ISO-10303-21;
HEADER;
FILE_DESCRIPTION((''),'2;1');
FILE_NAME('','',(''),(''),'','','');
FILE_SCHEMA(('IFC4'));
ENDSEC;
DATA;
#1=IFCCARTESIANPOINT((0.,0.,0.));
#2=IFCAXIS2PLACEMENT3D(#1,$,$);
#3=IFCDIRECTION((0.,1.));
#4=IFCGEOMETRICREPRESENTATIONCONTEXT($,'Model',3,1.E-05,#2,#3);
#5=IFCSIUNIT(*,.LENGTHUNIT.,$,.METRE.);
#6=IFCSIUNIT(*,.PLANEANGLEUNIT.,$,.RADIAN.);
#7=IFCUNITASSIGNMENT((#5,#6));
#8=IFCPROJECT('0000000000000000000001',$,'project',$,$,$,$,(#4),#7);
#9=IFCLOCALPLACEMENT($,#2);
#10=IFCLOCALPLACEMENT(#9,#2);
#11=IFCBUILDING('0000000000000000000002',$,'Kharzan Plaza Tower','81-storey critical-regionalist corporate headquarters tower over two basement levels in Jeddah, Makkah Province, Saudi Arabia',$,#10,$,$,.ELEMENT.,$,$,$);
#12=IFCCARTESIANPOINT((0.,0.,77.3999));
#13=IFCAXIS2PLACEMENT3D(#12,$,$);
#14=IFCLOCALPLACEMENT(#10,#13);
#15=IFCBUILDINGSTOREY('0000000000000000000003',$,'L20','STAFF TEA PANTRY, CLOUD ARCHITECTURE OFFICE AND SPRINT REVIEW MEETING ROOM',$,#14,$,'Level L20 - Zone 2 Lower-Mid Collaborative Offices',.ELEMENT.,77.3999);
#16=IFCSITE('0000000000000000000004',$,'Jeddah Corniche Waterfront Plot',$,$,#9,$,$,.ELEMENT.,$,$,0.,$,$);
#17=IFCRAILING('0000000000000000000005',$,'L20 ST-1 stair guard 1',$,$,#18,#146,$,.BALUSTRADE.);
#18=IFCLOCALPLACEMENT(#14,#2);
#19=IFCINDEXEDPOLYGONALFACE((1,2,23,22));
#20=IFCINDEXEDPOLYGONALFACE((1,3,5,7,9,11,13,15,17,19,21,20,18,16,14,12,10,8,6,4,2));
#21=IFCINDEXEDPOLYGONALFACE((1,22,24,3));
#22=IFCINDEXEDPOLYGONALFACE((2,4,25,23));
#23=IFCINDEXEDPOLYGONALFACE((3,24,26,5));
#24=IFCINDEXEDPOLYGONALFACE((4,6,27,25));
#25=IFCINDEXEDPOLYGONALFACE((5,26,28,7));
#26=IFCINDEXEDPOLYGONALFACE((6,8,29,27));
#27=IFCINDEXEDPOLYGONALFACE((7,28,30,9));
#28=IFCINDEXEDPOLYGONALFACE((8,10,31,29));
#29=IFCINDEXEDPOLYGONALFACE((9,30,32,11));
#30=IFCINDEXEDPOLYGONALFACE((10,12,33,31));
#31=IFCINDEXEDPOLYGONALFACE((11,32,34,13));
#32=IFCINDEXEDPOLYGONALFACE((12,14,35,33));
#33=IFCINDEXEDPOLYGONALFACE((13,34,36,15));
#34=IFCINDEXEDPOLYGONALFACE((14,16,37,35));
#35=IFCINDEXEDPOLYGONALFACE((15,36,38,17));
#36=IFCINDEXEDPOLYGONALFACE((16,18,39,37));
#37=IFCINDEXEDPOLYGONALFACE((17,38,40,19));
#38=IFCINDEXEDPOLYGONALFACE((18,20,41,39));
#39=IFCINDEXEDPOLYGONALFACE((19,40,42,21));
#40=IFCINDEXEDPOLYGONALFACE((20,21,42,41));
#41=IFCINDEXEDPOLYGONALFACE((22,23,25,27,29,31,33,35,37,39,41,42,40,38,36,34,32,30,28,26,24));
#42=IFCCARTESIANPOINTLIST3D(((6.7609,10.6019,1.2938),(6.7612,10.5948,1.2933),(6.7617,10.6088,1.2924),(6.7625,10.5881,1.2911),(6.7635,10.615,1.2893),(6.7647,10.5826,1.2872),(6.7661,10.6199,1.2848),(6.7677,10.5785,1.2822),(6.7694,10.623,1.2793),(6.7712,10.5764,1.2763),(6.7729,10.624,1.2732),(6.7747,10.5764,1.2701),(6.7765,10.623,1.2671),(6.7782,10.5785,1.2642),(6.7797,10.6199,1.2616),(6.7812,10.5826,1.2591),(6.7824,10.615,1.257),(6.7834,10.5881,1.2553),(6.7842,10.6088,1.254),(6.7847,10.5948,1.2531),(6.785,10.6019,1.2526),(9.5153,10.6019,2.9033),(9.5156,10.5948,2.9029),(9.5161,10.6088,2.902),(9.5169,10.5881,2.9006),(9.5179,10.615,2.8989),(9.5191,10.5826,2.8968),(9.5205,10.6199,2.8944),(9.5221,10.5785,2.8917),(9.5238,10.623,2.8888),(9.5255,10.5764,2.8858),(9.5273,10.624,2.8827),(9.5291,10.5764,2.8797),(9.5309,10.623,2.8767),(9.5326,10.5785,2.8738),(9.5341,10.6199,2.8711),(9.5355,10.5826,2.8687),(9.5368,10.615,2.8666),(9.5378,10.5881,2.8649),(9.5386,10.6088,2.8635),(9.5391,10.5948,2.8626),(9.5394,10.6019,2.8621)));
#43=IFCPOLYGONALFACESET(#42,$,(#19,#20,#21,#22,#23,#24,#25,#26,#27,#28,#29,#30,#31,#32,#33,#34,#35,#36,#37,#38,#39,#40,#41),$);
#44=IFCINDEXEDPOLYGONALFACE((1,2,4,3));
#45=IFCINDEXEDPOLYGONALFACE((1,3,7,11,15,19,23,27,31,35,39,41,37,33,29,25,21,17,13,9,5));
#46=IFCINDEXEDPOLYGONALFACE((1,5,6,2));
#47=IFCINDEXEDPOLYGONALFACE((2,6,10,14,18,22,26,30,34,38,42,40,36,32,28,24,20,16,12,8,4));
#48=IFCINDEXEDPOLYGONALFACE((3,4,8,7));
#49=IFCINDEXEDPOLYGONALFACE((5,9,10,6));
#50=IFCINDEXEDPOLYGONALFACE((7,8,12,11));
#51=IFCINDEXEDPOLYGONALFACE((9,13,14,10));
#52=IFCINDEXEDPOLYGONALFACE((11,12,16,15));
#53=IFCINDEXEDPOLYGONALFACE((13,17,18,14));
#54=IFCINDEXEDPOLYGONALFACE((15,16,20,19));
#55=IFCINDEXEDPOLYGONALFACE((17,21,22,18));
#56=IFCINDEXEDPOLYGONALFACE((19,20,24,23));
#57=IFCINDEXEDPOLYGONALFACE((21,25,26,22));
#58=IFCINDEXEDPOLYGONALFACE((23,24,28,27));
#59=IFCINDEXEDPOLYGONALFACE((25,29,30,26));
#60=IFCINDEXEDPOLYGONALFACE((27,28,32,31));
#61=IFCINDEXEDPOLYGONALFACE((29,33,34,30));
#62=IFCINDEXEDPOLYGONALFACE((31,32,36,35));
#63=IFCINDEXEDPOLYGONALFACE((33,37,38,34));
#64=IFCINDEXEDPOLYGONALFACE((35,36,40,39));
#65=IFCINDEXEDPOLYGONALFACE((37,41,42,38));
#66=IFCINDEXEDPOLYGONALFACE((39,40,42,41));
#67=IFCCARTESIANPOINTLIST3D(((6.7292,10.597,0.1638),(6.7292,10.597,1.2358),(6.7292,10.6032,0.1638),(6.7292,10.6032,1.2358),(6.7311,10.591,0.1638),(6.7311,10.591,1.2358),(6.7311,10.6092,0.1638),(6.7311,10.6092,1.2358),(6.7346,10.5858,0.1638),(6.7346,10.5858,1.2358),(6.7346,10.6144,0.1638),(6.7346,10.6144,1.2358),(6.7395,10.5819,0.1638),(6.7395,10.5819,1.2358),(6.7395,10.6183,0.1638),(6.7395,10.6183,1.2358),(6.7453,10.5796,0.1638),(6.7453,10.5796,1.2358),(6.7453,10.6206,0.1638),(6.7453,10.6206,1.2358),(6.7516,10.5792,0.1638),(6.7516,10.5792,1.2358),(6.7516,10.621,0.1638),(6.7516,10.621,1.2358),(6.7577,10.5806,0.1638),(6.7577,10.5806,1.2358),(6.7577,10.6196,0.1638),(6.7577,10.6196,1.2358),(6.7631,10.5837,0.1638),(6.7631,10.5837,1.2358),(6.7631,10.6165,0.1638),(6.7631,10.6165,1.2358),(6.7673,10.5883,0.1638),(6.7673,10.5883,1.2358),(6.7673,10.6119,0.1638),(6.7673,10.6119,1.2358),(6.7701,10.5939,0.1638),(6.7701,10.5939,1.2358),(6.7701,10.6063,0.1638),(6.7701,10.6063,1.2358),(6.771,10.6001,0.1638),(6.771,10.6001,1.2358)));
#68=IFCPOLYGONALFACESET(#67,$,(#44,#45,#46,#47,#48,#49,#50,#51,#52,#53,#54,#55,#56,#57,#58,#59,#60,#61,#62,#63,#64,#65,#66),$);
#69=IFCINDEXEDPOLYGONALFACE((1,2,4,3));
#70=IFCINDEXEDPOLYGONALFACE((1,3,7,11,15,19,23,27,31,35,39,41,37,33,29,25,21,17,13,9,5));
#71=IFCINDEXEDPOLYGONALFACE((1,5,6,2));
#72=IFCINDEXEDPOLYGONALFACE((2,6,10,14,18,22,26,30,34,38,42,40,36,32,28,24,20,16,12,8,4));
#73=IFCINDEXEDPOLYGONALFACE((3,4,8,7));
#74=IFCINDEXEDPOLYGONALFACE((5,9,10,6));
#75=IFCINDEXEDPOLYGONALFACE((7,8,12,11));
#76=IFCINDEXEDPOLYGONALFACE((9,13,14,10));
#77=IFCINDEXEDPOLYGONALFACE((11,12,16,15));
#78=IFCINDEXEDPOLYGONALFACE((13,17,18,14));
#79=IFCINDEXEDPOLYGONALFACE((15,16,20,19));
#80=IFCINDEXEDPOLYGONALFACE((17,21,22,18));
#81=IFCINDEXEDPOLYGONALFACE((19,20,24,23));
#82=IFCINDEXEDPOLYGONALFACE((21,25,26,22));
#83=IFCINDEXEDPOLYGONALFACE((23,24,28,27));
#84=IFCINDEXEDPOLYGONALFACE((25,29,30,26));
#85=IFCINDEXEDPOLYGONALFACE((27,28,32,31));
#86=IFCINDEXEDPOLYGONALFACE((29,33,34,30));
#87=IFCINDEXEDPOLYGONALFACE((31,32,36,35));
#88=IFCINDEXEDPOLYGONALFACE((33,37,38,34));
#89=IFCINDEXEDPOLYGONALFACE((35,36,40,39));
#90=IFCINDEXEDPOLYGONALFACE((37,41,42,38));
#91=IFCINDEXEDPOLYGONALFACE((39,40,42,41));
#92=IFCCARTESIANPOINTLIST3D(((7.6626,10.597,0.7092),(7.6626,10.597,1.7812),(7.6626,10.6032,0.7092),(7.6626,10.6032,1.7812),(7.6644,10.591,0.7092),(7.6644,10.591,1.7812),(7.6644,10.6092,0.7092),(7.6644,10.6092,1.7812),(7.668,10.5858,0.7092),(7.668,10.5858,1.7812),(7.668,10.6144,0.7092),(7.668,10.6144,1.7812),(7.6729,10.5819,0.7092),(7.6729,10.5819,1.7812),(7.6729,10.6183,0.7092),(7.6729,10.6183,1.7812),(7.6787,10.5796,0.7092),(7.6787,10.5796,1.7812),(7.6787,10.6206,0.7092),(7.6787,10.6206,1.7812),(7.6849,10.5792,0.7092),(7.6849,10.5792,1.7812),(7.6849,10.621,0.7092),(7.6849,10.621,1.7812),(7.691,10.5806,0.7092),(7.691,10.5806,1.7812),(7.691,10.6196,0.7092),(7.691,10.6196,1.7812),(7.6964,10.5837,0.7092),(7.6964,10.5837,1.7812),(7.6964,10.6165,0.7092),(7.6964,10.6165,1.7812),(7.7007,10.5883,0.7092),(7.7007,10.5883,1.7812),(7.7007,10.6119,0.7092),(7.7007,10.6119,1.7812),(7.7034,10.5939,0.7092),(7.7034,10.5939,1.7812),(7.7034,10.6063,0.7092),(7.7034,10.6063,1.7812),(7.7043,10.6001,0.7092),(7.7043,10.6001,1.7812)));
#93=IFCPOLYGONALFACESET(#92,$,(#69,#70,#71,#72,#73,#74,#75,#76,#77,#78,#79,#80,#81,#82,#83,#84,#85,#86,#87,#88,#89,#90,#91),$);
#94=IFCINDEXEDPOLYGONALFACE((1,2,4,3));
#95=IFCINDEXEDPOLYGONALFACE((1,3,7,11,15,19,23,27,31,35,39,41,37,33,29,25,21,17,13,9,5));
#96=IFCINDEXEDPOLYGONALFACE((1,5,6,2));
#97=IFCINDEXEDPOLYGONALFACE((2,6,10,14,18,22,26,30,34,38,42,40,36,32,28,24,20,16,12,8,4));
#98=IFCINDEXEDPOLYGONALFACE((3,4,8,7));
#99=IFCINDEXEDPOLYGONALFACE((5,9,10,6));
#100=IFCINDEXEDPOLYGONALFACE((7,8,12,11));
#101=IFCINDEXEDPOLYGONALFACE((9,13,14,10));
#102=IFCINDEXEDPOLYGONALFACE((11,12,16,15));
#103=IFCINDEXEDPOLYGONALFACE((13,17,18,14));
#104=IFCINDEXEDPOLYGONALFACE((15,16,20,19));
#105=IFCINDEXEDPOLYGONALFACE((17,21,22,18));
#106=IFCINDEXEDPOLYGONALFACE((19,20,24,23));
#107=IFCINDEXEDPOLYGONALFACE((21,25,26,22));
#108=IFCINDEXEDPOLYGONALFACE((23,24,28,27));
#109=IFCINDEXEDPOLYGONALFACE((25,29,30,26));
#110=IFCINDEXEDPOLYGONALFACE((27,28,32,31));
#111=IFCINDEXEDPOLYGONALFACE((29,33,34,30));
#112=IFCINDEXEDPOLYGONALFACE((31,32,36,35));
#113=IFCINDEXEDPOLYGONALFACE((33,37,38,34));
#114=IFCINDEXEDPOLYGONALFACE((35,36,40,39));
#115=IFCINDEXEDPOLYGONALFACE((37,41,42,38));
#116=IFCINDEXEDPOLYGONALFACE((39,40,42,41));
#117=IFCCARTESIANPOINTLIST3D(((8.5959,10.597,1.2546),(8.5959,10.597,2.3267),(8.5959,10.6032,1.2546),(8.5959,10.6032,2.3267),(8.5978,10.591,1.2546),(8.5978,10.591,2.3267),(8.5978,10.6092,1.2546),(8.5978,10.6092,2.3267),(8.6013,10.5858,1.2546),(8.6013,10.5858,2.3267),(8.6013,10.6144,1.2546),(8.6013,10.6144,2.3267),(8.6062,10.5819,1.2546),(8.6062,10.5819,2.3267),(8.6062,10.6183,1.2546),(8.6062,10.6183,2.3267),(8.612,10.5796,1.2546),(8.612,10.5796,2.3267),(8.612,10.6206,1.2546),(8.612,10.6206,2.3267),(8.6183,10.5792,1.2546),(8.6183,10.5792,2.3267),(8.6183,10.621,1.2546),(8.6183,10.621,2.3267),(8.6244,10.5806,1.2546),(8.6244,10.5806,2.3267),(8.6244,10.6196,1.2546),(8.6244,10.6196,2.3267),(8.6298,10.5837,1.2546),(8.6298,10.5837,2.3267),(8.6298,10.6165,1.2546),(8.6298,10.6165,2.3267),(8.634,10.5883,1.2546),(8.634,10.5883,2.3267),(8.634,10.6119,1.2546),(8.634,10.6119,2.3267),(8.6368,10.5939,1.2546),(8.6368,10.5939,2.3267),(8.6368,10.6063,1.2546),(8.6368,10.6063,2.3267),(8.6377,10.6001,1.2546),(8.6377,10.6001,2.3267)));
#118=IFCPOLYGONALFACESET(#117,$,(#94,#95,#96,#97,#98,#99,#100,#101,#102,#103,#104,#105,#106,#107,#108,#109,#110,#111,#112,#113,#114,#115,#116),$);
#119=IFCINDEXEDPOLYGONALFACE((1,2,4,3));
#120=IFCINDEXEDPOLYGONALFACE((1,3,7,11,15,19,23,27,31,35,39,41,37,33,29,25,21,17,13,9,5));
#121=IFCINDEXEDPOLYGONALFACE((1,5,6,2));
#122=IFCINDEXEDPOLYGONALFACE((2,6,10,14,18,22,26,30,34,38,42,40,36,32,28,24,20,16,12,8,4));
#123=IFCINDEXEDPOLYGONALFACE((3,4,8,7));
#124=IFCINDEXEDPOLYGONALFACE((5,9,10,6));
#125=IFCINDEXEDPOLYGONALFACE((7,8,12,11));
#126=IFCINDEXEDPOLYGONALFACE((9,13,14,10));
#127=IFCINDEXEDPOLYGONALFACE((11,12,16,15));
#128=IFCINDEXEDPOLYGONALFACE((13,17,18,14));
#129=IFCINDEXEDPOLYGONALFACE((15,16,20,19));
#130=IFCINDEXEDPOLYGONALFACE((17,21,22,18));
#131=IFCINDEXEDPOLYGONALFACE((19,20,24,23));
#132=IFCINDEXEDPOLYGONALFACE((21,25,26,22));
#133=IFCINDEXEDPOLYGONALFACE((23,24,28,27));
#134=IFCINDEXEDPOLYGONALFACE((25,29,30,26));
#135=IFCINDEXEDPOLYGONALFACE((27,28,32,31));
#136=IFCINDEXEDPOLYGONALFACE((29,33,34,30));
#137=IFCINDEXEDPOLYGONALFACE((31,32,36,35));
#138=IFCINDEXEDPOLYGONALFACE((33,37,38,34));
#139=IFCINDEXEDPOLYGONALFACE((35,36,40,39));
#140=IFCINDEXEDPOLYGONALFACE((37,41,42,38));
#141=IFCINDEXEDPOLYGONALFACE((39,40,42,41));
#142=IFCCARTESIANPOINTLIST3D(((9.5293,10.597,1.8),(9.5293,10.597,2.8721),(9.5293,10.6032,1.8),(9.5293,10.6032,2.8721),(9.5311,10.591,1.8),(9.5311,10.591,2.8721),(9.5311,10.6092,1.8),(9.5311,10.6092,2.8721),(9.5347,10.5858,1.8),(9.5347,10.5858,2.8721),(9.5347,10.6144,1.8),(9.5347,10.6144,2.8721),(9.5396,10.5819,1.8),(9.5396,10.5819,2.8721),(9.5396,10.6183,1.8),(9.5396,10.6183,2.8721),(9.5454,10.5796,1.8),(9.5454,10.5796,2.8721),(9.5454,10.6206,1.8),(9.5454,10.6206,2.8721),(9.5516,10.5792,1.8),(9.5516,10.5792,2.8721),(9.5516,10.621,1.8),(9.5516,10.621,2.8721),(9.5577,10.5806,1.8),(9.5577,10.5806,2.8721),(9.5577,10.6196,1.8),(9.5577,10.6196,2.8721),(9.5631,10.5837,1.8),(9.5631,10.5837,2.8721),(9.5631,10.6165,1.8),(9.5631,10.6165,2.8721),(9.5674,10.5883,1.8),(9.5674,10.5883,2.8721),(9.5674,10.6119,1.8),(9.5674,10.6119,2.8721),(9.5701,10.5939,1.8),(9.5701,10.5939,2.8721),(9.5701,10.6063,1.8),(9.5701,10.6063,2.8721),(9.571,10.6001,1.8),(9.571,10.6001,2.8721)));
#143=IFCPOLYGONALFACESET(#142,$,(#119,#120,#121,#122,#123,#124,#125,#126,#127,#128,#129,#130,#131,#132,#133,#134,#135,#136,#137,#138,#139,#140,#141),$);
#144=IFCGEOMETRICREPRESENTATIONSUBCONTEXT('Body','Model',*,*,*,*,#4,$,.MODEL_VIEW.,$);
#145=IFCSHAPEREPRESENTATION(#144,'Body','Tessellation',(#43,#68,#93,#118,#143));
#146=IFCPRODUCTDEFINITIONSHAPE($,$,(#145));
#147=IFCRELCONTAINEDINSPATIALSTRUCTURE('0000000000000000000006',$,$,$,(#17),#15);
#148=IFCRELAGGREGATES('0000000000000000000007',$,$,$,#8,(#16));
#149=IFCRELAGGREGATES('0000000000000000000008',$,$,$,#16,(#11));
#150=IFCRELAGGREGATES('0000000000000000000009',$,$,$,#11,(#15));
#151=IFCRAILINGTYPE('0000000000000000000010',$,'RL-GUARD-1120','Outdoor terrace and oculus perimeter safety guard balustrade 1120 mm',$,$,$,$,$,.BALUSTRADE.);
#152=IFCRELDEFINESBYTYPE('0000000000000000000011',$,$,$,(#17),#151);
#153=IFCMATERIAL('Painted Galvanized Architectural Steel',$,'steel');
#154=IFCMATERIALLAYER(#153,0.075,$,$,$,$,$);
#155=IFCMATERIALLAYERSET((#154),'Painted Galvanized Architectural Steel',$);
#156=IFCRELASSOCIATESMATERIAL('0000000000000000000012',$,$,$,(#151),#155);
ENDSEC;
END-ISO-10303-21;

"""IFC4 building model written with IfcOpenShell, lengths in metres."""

from ifc_helpers import new_model, si_unit, direction, frame, origin, origin_2d, place, context, subcontext, project, spatial, circle, extrude, source, transform, mapped, material, layer, layer_set, type_object, element, save


model = new_model("IFC4")

# Units and contexts
model_context = context("Model", 3, precision=1e-05, world=origin(), true_north=direction((0.0, 1.0)))
body_context = subcontext(model_context, "Body", "Model", "MODEL_VIEW")
ifc_project = project(units=[si_unit("LENGTHUNIT", "METRE"), si_unit("PLANEANGLEUNIT", "RADIAN")], contexts=[model_context])

# Site, building, storey
site_placement = place(None, origin())
site = spatial("IfcSite", under=ifc_project, at=site_placement, Name="Jeddah Corniche Waterfront Plot", CompositionType="ELEMENT", RefElevation=0.0)
building_placement = place(site_placement, origin())
building = spatial("IfcBuilding", under=site, at=building_placement, Name="Kharzan Plaza Tower", Description="81-storey critical-regionalist corporate headquarters tower over two basement levels in Jeddah, Makkah Province, Saudi Arabia", CompositionType="ELEMENT")
storey_placement = place(building_placement, frame((0.0, 0.0, 77.3999)))
storey = spatial("IfcBuildingStorey", under=building, at=storey_placement, Name="L20", Description="STAFF TEA PANTRY, CLOUD ARCHITECTURE OFFICE AND SPRINT REVIEW MEETING ROOM", LongName="Level L20 - Zone 2 Lower-Mid Collaborative Offices", CompositionType="ELEMENT", Elevation=77.3999)

# Railing
ifc_material_1 = material(Name="Painted Galvanized Architectural Steel", Category="steel")
ifc_layer_1 = layer(ifc_material_1, 0.075)
ifc_layer_set_1 = layer_set([ifc_layer_1], Name="Painted Galvanized Architectural Steel")
railing_type_1 = type_object("IfcRailingType", Name="RL-GUARD-1120", Description="Outdoor terrace and oculus perimeter safety guard balustrade 1120 mm", PredefinedType="BALUSTRADE", material=ifc_layer_set_1)
shared_shape_1 = source(origin(), body_context, "Body", "SweptSolid", [
    extrude(circle(Radius=0.0239, at=origin_2d()), frame((0.0229, 0.0, 1.1094), z_axis=(0.863394, 0.0, 0.504531), x_axis=(0.0, 1.0, 0.0)), (0.0, 0.0, 1.0), 3.1902),
    extrude(circle(Radius=0.021, at=origin_2d()), origin(), (0.0, 0.0, 1.0), 1.072),
    extrude(circle(Radius=0.021, at=origin_2d()), frame((0.9333, 0.0, 0.5454)), (0.0, 0.0, 1.0), 1.072),
    extrude(circle(Radius=0.021, at=origin_2d()), frame((1.8667, 0.0, 1.0908)), (0.0, 0.0, 1.0), 1.072),
    extrude(circle(Radius=0.021, at=origin_2d()), frame((2.8, 0.0, 1.6362)), (0.0, 0.0, 1.0), 1.072),
])
railing_1_placement = place(storey_placement, frame((6.75, 10.6001, 0.1638)))
element("IfcRailing", 1, at=railing_1_placement, inside=storey, type_object=railing_type_1, Name="L20 ST-1 stair guard 1", PredefinedType="BALUSTRADE", context=body_context, shape_type="MappedRepresentation", body=[
    mapped(shared_shape_1, transform((0.0, 0.0, 0.0), x_axis=(1.0, 0.0, 0.0), y_axis=(0.0, 1.0, 0.0), z_axis=(0.0, 0.0, 1.0))),
])

save(model, "model.ifc")
